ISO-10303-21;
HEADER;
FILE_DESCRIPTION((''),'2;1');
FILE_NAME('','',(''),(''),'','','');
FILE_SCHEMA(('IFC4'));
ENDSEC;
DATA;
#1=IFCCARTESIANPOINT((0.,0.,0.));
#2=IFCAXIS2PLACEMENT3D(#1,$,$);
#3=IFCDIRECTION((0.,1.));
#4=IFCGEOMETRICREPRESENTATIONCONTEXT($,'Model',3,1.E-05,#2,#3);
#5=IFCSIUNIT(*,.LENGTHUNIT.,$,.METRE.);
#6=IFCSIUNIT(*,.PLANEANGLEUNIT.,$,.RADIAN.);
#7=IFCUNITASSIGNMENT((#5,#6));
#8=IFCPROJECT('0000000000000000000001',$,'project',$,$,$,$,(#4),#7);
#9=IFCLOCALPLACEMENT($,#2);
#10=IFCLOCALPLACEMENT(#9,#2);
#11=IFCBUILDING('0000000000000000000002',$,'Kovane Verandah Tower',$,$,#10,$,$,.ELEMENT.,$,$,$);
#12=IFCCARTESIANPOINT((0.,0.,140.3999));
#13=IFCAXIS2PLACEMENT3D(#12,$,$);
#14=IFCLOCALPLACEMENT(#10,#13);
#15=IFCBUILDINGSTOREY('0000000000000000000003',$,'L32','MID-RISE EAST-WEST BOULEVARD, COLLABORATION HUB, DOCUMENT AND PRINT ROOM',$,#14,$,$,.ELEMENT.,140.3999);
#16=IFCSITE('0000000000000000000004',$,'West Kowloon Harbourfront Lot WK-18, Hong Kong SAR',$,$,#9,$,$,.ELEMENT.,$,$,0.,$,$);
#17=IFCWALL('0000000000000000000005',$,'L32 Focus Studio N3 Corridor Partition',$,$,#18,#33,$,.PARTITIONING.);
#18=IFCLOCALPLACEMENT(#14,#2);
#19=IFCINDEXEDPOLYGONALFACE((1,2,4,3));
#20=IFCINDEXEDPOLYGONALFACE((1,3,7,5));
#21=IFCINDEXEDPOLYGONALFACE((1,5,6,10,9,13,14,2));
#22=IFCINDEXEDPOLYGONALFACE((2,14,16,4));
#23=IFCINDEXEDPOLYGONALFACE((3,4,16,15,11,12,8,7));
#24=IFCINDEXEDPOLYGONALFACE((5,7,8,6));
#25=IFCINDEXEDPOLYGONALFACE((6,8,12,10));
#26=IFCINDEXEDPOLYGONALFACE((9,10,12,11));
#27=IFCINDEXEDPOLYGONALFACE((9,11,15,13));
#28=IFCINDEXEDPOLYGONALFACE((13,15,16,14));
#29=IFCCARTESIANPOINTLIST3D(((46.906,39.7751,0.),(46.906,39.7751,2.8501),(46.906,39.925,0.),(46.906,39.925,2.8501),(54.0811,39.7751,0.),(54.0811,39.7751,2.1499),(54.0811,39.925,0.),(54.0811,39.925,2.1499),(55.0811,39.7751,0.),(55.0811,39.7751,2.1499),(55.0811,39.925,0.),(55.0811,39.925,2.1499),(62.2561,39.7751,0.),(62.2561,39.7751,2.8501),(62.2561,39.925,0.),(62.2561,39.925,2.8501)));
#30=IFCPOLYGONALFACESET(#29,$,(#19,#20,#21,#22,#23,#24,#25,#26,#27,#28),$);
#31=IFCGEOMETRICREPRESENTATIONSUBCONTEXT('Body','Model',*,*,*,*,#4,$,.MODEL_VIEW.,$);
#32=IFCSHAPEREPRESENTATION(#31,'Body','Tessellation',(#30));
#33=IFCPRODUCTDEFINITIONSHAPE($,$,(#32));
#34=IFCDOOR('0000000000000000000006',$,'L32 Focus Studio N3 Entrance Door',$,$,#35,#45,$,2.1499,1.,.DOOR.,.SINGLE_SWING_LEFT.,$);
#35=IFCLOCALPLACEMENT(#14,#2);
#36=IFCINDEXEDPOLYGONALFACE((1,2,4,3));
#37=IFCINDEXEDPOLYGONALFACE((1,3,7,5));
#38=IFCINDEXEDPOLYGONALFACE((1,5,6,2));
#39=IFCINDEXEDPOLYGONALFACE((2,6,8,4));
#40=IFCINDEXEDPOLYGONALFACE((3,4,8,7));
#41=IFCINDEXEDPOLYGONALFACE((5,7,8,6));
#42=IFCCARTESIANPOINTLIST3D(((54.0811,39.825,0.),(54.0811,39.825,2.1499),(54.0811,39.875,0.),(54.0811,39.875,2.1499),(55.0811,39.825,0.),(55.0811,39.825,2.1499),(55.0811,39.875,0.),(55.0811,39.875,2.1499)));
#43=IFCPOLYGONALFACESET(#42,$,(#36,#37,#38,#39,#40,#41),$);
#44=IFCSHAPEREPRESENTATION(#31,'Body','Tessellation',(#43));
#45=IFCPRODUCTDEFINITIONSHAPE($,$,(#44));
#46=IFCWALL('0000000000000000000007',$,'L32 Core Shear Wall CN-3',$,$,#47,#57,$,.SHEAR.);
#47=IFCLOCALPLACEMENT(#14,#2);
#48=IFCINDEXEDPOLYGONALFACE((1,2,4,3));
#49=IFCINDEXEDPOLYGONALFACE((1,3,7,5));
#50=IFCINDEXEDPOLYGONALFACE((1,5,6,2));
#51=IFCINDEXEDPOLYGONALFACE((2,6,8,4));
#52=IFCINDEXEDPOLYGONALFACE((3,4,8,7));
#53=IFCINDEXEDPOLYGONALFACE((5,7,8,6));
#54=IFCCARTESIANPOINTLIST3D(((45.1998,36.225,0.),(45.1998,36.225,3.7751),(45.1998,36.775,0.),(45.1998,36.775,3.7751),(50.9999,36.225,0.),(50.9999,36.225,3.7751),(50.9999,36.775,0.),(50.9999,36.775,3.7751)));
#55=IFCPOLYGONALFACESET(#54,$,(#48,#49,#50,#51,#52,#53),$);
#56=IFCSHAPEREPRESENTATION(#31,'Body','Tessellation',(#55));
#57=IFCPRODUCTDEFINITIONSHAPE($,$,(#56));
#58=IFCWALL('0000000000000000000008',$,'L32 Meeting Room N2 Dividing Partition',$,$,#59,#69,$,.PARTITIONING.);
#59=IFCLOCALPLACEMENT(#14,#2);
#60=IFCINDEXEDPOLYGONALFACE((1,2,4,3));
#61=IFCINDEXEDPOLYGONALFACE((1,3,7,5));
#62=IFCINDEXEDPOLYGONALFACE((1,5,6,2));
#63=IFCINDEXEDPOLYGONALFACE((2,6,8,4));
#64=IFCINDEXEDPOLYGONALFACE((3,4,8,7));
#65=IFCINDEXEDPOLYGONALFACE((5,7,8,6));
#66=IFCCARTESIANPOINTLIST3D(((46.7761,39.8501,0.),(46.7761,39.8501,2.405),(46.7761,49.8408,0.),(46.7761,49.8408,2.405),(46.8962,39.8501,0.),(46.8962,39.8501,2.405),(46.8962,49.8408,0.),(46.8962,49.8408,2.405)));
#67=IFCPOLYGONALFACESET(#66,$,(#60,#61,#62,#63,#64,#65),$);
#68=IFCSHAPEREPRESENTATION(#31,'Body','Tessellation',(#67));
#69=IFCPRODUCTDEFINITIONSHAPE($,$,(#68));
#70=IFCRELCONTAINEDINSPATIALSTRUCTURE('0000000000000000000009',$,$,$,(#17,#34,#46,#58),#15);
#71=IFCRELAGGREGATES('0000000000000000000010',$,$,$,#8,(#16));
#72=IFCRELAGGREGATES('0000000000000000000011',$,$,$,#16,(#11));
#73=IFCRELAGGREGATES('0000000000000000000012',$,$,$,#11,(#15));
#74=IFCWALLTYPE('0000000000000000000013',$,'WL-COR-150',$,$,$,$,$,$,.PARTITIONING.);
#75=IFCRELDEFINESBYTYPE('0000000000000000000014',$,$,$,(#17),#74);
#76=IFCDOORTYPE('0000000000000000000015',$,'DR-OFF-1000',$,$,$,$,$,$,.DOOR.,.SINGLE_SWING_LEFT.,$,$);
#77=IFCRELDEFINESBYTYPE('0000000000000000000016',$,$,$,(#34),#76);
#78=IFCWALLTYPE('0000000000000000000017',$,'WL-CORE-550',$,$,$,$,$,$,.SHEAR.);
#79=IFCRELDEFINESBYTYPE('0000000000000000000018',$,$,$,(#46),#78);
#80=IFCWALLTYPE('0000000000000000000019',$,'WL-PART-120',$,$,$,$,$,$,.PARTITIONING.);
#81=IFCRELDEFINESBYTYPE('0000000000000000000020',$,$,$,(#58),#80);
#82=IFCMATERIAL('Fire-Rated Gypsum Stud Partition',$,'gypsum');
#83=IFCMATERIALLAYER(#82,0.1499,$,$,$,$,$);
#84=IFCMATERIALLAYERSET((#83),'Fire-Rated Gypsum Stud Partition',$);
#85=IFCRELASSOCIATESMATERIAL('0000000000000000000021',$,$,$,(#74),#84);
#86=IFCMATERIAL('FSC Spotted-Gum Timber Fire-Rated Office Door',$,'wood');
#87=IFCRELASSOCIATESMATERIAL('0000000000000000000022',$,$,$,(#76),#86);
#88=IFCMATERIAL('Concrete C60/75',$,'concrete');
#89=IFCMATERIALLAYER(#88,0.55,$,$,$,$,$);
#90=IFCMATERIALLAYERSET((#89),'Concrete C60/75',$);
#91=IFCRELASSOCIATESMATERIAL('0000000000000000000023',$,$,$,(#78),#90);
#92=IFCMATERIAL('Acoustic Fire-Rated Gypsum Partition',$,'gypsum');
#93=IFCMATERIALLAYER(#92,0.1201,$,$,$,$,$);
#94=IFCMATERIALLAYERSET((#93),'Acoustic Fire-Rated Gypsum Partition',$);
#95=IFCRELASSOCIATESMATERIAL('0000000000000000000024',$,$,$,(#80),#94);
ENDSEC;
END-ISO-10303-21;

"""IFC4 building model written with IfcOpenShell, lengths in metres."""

from ifc_helpers import new_model, si_unit, direction, frame, frame_2d, origin, place, context, subcontext, project, spatial, rectangle, extrude, material, layer, layer_set, type_object, element, fill, save


model = new_model("IFC4")

# Units and contexts
model_context = context("Model", 3, precision=1e-05, world=origin(), true_north=direction((0.0, 1.0)))
body_context = subcontext(model_context, "Body", "Model", "MODEL_VIEW")
ifc_project = project(units=[si_unit("LENGTHUNIT", "METRE"), si_unit("PLANEANGLEUNIT", "RADIAN")], contexts=[model_context])

# Site, building, storey
site_placement = place(None, origin())
site = spatial("IfcSite", under=ifc_project, at=site_placement, Name="West Kowloon Harbourfront Lot WK-18, Hong Kong SAR", CompositionType="ELEMENT", RefElevation=0.0)
building_placement = place(site_placement, origin())
building = spatial("IfcBuilding", under=site, at=building_placement, Name="Kovane Verandah Tower", CompositionType="ELEMENT")
storey_placement = place(building_placement, frame((0.0, 0.0, 140.3999)))
storey = spatial("IfcBuildingStorey", under=building, at=storey_placement, Name="L32", Description="MID-RISE EAST-WEST BOULEVARD, COLLABORATION HUB, DOCUMENT AND PRINT ROOM", CompositionType="ELEMENT", Elevation=140.3999)

# Shared definitions
ifc_material_1 = material(Name="Concrete C60/75", Category="concrete")

# Wall, opening, door
ifc_material_2 = material(Name="Fire-Rated Gypsum Stud Partition", Category="gypsum")
ifc_layer_1 = layer(ifc_material_2, 0.1499)
ifc_layer_set_1 = layer_set([ifc_layer_1], Name="Fire-Rated Gypsum Stud Partition")
wall_type_1 = type_object("IfcWallType", Name="WL-COR-150", PredefinedType="PARTITIONING", material=ifc_layer_set_1)
wall_1_placement = place(storey_placement, frame((46.906, 39.8501, 0.0), z_axis=(0.0, 0.0, 1.0), x_axis=(1.0, 0.0, 0.0)))
wall_1 = element("IfcWall", 1, at=wall_1_placement, inside=storey, type_object=wall_type_1, Name="L32 Focus Studio N3 Corridor Partition", PredefinedType="PARTITIONING", context=body_context, shape_type="SweptSolid", body=[
    extrude(rectangle(XDim=15.3501, YDim=0.1499, at=frame_2d((7.675, 0.0))), origin(), (0.0, 0.0, 1.0), 2.8501),
])
opening_placement = place(wall_1_placement, frame((7.175, 0.0, 0.0)))
opening = element("IfcOpeningElement", 2, at=opening_placement, cuts=wall_1, PredefinedType="OPENING", context=body_context, shape_type="SweptSolid", body=[
    extrude(rectangle(XDim=1.0, YDim=2.1499, at=frame_2d((0.5, 1.075))), frame((0.0, 0.075, 0.0), z_axis=(0.0, -1.0, 0.0), x_axis=(1.0, 0.0, 0.0)), (0.0, 0.0, 1.0), 0.1499),
])
ifc_material_3 = material(Name="FSC Spotted-Gum Timber Fire-Rated Office Door", Category="wood")
door_type = type_object("IfcDoorType", Name="DR-OFF-1000", OperationType="SINGLE_SWING_LEFT", PredefinedType="DOOR", material=ifc_material_3)
door_placement = place(opening_placement, origin())
door = element("IfcDoor", 3, at=door_placement, inside=storey, type_object=door_type, Name="L32 Focus Studio N3 Entrance Door", OperationType="SINGLE_SWING_LEFT", OverallHeight=2.1499, OverallWidth=1.0, PredefinedType="DOOR", context=body_context, shape_type="SweptSolid", body=[
    extrude(rectangle(XDim=1.0, YDim=2.1499, at=frame_2d((0.5, 1.075))), frame((0.0, 0.0249, 0.0), z_axis=(0.0, -1.0, 0.0), x_axis=(1.0, 0.0, 0.0)), (0.0, 0.0, 1.0), 0.05),
])
fill(opening, door)

# Walls
ifc_layer_2 = layer(ifc_material_1, 0.55)
ifc_layer_set_2 = layer_set([ifc_layer_2], Name="Concrete C60/75")
wall_type_2 = type_object("IfcWallType", Name="WL-CORE-550", PredefinedType="SHEAR", material=ifc_layer_set_2)
wall_2_placement = place(storey_placement, frame((45.2, 36.5, 0.0), z_axis=(0.0, 0.0, 1.0), x_axis=(1.0, 0.0, 0.0)))
element("IfcWall", 4, at=wall_2_placement, inside=storey, type_object=wall_type_2, Name="L32 Core Shear Wall CN-3", PredefinedType="SHEAR", context=body_context, shape_type="SweptSolid", body=[
    extrude(rectangle(XDim=5.8, YDim=0.55, at=frame_2d((2.8999, 0.0))), origin(), (0.0, 0.0, 1.0), 3.7751),
])
ifc_material_4 = material(Name="Acoustic Fire-Rated Gypsum Partition", Category="gypsum")
ifc_layer_3 = layer(ifc_material_4, 0.1201)
ifc_layer_set_3 = layer_set([ifc_layer_3], Name="Acoustic Fire-Rated Gypsum Partition")
wall_type_3 = type_object("IfcWallType", Name="WL-PART-120", PredefinedType="PARTITIONING", material=ifc_layer_set_3)
wall_3_placement = place(storey_placement, frame((46.8362, 39.8501, 0.0), z_axis=(0.0, 0.0, 1.0), x_axis=(0.0, 1.0, 0.0)))
element("IfcWall", 5, at=wall_3_placement, inside=storey, type_object=wall_type_3, Name="L32 Meeting Room N2 Dividing Partition", PredefinedType="PARTITIONING", context=body_context, shape_type="SweptSolid", body=[
    extrude(rectangle(XDim=9.9907, YDim=0.1201, at=frame_2d((4.9954, 0.0))), origin(), (0.0, 0.0, 1.0), 2.405),
])

save(model, "model.ifc")
